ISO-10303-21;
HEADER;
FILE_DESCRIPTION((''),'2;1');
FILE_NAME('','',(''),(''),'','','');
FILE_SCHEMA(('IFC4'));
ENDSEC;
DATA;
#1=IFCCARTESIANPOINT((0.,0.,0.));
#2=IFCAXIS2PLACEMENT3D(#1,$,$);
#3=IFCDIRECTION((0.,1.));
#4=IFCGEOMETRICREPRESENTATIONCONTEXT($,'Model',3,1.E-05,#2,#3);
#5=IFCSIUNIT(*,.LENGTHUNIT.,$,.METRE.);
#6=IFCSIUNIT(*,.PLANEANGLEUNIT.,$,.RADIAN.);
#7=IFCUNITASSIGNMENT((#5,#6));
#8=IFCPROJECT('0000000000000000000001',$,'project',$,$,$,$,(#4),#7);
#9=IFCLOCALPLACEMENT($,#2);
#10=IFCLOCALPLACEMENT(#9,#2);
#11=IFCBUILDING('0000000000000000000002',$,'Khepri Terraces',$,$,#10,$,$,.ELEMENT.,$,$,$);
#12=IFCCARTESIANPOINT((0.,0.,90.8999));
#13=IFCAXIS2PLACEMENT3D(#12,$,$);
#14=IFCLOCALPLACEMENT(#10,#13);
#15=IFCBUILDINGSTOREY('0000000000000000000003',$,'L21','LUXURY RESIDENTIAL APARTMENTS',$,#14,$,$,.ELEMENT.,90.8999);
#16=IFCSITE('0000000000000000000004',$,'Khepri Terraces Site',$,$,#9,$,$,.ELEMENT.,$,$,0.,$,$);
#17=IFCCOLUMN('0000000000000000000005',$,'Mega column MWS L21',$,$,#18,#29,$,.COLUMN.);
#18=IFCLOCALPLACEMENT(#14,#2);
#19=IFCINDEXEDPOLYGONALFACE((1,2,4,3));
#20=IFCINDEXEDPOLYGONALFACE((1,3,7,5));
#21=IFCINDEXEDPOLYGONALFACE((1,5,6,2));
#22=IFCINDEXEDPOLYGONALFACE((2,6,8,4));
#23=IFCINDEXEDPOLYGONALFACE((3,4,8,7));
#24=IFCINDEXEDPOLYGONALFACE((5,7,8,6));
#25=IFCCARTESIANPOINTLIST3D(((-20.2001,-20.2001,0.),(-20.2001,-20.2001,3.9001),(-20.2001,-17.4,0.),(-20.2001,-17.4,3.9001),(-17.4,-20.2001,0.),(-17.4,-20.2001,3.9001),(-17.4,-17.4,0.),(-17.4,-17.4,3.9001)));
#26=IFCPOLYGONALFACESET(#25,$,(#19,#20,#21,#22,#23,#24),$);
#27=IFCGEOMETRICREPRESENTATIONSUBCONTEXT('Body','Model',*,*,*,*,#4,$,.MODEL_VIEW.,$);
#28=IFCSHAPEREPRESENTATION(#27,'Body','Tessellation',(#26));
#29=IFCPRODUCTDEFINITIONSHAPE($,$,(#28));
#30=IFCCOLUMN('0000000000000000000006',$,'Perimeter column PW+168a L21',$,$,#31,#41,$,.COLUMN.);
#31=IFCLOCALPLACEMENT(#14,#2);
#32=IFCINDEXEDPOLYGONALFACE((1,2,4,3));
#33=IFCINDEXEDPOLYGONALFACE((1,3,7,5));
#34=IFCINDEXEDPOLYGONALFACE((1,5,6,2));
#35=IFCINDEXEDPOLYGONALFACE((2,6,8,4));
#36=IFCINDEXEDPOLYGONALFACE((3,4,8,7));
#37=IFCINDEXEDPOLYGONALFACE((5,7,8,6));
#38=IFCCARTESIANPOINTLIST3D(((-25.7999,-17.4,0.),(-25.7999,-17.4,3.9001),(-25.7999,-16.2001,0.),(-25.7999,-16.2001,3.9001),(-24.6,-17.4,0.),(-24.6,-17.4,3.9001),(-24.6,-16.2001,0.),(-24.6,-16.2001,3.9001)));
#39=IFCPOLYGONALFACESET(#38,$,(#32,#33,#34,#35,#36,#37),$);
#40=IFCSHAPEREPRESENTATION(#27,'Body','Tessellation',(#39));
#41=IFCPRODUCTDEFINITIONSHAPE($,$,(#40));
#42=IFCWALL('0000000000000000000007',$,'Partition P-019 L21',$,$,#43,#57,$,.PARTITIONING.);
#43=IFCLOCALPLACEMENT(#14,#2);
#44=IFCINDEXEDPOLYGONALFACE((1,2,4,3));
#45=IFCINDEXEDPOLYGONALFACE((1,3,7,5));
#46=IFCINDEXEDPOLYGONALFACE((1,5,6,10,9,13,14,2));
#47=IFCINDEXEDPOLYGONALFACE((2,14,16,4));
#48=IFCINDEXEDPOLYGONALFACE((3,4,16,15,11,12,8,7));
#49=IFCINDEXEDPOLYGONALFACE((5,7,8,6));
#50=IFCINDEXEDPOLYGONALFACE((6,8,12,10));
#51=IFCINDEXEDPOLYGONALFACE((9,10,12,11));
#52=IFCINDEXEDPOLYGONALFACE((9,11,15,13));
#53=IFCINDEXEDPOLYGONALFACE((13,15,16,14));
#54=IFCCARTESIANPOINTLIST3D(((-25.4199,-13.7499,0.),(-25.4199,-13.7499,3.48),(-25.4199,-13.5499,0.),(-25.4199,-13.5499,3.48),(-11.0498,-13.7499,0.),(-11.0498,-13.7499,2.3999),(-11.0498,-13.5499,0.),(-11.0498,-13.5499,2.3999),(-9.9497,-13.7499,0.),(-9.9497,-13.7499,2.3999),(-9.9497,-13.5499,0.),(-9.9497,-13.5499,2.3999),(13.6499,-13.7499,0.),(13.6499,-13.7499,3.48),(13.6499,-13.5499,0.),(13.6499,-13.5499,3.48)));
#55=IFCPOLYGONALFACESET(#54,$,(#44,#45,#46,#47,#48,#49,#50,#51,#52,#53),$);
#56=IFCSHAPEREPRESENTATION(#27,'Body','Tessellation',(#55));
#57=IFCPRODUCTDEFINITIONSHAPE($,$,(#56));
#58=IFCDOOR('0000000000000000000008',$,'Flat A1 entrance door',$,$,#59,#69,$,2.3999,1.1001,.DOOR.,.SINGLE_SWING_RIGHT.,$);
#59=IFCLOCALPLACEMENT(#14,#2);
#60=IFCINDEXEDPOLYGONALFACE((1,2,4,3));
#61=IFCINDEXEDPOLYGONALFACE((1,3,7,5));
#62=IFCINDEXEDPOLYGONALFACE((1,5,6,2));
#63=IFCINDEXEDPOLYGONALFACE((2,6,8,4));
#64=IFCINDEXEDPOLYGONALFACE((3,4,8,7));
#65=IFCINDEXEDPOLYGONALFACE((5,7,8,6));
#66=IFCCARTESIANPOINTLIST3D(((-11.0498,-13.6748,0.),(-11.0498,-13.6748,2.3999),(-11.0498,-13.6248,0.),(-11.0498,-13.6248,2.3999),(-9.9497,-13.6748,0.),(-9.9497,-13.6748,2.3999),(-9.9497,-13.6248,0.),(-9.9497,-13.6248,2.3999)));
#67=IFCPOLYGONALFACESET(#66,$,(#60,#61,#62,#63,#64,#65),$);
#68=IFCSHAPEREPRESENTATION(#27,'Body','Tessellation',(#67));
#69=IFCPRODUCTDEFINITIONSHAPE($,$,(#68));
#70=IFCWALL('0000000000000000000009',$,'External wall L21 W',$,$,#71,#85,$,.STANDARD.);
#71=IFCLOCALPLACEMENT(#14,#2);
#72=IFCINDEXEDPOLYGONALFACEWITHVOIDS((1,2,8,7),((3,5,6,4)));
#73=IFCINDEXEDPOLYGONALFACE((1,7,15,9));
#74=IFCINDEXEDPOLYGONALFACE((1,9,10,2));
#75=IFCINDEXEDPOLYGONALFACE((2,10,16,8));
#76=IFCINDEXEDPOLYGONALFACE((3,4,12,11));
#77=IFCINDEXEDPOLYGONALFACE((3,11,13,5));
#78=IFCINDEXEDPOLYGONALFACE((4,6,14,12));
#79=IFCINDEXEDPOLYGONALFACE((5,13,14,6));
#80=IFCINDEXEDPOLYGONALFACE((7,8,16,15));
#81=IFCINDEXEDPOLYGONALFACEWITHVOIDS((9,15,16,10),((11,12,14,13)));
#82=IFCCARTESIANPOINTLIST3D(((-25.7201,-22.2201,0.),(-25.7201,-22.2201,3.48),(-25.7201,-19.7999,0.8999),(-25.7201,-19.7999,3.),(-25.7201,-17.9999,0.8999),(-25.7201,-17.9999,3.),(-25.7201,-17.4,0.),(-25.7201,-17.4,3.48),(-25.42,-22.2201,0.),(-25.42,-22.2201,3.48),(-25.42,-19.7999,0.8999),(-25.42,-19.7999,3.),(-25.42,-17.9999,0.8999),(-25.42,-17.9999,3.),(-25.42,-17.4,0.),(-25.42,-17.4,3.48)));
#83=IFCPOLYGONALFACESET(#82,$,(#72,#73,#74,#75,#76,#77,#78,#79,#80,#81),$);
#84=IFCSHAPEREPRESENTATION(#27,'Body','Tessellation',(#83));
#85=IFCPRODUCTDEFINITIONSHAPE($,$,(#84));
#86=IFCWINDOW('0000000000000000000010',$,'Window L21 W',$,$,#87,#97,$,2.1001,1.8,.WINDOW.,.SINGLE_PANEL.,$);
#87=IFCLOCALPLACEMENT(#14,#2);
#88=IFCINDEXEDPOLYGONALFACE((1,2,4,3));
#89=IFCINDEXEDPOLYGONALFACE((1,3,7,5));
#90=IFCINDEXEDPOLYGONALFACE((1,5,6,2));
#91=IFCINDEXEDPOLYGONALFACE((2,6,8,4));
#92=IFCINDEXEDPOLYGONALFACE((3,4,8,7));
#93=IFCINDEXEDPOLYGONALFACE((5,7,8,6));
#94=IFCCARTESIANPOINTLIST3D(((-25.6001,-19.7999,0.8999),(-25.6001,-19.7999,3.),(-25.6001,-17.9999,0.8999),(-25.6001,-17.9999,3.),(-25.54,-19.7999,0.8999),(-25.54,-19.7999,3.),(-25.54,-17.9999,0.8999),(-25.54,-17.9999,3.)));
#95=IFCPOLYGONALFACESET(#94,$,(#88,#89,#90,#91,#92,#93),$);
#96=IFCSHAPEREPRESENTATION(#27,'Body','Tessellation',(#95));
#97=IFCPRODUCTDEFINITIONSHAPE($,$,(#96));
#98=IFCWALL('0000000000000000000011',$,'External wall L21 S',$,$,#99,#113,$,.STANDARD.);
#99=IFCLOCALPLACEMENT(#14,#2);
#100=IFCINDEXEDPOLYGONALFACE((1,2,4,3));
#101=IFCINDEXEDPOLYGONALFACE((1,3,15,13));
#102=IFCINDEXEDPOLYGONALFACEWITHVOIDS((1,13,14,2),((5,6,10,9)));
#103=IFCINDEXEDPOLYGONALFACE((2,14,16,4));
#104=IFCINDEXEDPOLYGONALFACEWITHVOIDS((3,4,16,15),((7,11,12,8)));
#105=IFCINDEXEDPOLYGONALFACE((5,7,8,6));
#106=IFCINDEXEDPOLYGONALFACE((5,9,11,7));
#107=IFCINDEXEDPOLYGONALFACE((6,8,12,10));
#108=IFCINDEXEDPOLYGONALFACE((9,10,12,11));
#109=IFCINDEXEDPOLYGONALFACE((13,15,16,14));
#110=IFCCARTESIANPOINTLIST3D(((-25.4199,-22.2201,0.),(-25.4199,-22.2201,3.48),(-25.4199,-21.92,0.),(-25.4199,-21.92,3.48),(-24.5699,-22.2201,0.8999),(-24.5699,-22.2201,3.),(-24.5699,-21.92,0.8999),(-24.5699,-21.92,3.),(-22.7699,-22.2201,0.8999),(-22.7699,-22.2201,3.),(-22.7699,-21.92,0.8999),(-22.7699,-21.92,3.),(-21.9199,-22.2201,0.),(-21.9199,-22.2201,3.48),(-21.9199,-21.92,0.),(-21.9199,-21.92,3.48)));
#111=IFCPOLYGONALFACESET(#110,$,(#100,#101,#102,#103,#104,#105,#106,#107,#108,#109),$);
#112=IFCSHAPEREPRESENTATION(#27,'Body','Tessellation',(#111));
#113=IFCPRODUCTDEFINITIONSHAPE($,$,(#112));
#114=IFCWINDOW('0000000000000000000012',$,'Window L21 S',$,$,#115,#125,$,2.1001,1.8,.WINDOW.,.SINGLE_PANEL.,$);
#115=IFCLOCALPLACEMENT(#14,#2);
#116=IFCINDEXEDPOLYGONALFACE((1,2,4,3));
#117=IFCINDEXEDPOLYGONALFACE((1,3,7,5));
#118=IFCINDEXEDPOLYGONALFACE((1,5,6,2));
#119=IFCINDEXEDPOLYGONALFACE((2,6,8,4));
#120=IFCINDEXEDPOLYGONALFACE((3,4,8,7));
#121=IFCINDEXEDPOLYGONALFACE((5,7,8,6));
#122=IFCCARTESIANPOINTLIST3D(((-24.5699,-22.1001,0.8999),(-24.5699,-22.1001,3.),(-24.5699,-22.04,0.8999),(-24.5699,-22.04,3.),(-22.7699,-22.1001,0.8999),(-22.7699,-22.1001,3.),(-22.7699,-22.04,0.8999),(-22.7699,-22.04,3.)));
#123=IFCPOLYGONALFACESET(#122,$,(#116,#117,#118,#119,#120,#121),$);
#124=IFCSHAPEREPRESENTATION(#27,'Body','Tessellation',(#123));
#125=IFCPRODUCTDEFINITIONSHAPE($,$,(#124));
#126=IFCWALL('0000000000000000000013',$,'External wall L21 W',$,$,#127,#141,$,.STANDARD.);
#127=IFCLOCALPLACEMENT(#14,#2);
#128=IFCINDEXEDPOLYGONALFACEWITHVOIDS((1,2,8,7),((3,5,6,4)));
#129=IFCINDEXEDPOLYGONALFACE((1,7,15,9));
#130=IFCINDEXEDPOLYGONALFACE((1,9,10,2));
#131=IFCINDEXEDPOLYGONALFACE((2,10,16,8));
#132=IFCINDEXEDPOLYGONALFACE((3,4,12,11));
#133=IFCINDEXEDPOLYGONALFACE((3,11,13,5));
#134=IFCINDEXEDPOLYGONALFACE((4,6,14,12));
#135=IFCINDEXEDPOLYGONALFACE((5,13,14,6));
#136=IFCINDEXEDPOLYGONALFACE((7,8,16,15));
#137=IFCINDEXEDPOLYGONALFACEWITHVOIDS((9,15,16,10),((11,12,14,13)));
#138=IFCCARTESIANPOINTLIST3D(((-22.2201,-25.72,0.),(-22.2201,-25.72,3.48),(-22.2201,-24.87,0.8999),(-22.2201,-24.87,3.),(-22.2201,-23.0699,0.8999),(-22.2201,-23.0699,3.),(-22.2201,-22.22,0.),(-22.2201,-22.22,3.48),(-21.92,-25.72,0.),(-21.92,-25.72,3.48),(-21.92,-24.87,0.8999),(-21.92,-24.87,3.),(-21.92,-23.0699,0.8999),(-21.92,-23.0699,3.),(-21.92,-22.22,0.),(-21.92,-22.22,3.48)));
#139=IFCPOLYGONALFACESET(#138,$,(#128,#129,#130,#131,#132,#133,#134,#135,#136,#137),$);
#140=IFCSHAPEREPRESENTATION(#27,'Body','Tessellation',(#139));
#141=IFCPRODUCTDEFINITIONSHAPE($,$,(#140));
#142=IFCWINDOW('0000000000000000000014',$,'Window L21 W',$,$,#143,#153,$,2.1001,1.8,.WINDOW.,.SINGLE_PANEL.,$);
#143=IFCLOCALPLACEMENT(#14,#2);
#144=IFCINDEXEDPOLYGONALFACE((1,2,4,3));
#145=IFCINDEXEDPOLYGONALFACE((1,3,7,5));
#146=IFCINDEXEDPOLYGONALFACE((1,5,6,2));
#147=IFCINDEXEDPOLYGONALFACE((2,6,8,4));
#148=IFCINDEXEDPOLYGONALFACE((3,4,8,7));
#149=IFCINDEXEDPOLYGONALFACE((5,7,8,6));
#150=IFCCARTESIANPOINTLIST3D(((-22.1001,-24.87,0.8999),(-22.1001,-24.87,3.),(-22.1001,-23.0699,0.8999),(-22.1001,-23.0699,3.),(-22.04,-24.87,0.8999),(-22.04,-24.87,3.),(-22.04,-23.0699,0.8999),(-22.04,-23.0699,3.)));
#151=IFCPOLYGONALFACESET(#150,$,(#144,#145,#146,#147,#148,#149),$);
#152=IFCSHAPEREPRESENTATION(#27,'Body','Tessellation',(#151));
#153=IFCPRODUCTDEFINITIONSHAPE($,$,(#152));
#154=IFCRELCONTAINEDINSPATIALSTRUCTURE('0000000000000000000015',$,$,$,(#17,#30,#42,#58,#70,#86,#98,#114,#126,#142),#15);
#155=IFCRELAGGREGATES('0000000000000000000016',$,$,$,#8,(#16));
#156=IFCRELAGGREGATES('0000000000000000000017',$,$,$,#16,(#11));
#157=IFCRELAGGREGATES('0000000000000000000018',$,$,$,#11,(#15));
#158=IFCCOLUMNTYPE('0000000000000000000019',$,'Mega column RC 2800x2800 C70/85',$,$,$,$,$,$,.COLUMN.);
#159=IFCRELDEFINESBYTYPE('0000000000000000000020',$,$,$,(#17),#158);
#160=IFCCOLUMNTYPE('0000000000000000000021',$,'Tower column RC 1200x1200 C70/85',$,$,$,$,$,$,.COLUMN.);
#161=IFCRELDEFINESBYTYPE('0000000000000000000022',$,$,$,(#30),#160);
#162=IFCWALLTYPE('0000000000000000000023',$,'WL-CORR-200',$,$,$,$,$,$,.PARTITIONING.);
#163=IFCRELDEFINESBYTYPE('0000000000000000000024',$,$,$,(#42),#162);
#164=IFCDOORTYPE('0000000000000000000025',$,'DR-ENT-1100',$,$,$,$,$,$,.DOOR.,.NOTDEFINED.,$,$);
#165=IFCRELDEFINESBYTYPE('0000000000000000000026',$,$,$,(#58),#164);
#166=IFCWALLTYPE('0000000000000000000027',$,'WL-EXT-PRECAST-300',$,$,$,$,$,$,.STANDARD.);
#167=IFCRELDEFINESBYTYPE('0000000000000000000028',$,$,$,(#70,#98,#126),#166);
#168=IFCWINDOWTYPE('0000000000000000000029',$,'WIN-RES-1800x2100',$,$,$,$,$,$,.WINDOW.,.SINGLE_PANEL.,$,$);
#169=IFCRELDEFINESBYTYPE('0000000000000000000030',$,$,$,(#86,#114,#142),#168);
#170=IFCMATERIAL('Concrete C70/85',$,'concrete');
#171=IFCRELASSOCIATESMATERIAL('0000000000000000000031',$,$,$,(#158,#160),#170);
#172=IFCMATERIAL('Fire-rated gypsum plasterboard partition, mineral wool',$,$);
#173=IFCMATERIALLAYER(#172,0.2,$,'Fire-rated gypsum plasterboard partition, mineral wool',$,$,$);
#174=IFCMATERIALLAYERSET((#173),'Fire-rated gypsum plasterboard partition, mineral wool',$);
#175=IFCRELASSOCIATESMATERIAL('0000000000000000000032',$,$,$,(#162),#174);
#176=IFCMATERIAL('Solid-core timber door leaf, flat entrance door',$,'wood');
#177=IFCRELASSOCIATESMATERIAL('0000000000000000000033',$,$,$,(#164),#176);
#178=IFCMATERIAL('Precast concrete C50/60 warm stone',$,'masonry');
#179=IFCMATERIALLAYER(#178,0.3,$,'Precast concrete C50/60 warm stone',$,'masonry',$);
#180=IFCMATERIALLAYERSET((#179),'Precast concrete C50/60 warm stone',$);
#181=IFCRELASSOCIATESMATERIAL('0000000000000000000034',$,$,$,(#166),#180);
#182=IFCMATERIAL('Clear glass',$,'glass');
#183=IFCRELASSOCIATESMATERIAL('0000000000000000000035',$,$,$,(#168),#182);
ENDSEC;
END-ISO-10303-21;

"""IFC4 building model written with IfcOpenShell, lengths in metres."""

from ifc_helpers import new_model, si_unit, direction, frame, frame_2d, origin, origin_2d, place, context, subcontext, project, spatial, rectangle, extrude, material, layer, layer_set, material_profile, profile_set, type_object, element, fill, save


model = new_model("IFC4")

# Units and contexts
model_context = context("Model", 3, precision=1e-05, world=origin(), true_north=direction((0.0, 1.0)))
body_context = subcontext(model_context, "Body", "Model", "MODEL_VIEW")
ifc_project = project(units=[si_unit("LENGTHUNIT", "METRE"), si_unit("PLANEANGLEUNIT", "RADIAN")], contexts=[model_context])

# Site, building, storey
site_placement = place(None, origin())
site = spatial("IfcSite", under=ifc_project, at=site_placement, Name="Khepri Terraces Site", CompositionType="ELEMENT", RefElevation=0.0)
building_placement = place(site_placement, origin())
building = spatial("IfcBuilding", under=site, at=building_placement, Name="Khepri Terraces", CompositionType="ELEMENT")
storey_placement = place(building_placement, frame((0.0, 0.0, 90.8999)))
storey = spatial("IfcBuildingStorey", under=building, at=storey_placement, Name="L21", Description="LUXURY RESIDENTIAL APARTMENTS", CompositionType="ELEMENT", Elevation=90.8999)

# Columns
ifc_material_1 = material(Name="Concrete C70/85", Category="concrete")
ifc_material_profile_1 = material_profile(ifc_material_1, rectangle(XDim=2.8, YDim=2.8, at=origin_2d()), Name="Concrete C70/85", Category="concrete")
ifc_profile_set_1 = profile_set([ifc_material_profile_1], Name="Concrete C70/85")
column_type_1 = type_object("IfcColumnType", Name="Mega column RC 2800x2800 C70/85", PredefinedType="COLUMN", material=ifc_profile_set_1)
column_1_placement = place(storey_placement, frame((-18.8, -18.8, 0.0), z_axis=(0.0, 0.0, 1.0), x_axis=(1.0, 0.0, 0.0)))
element("IfcColumn", 1, at=column_1_placement, inside=storey, type_object=column_type_1, Name="Mega column MWS L21", PredefinedType="COLUMN", context=body_context, shape_type="SweptSolid", body=[
    extrude(rectangle(XDim=2.8, YDim=2.8, at=origin_2d()), origin(), (0.0, 0.0, 1.0), 3.9001),
])
ifc_material_profile_2 = material_profile(ifc_material_1, rectangle(XDim=1.2, YDim=1.2, at=origin_2d()), Name="Concrete C70/85", Category="concrete")
ifc_profile_set_2 = profile_set([ifc_material_profile_2], Name="Concrete C70/85")
column_type_2 = type_object("IfcColumnType", Name="Tower column RC 1200x1200 C70/85", PredefinedType="COLUMN", material=ifc_profile_set_2)
column_2_placement = place(storey_placement, frame((-25.2, -16.8, 0.0), z_axis=(0.0, 0.0, 1.0), x_axis=(1.0, 0.0, 0.0)))
element("IfcColumn", 2, at=column_2_placement, inside=storey, type_object=column_type_2, Name="Perimeter column PW+168a L21", PredefinedType="COLUMN", context=body_context, shape_type="SweptSolid", body=[
    extrude(rectangle(XDim=1.2, YDim=1.2, at=origin_2d()), origin(), (0.0, 0.0, 1.0), 3.9001),
])

# Wall, opening, door
ifc_material_2 = material(Name="Fire-rated gypsum plasterboard partition, mineral wool")
ifc_layer_1 = layer(ifc_material_2, 0.2, Name="Fire-rated gypsum plasterboard partition, mineral wool")
ifc_layer_set_1 = layer_set([ifc_layer_1], Name="Fire-rated gypsum plasterboard partition, mineral wool")
wall_type_1 = type_object("IfcWallType", Name="WL-CORR-200", PredefinedType="PARTITIONING", material=ifc_layer_set_1)
wall_1_placement = place(storey_placement, frame((-25.4199, -13.6499, 0.0), z_axis=(0.0, 0.0, 1.0), x_axis=(1.0, 0.0, 0.0)))
wall_1 = element("IfcWall", 3, at=wall_1_placement, inside=storey, type_object=wall_type_1, Name="Partition P-019 L21", PredefinedType="PARTITIONING", context=body_context, shape_type="SweptSolid", body=[
    extrude(rectangle(XDim=39.0698, YDim=0.2, at=frame_2d((19.5349, 0.0))), origin(), (0.0, 0.0, 1.0), 3.48),
])
opening_1_placement = place(wall_1_placement, frame((14.3701, 0.0, 0.0)))
opening_1 = element("IfcOpeningElement", 4, at=opening_1_placement, cuts=wall_1, PredefinedType="OPENING", context=body_context, shape_type="SweptSolid", body=[
    extrude(rectangle(XDim=1.1001, YDim=2.3999, at=frame_2d((0.55, 1.2))), frame((0.0, 0.1099, 0.0), z_axis=(0.0, -1.0, 0.0), x_axis=(1.0, 0.0, 0.0)), (0.0, 0.0, 1.0), 0.22),
])
ifc_material_3 = material(Name="Solid-core timber door leaf, flat entrance door", Category="wood")
door_type_1 = type_object("IfcDoorType", Name="DR-ENT-1100", OperationType="NOTDEFINED", PredefinedType="DOOR", material=ifc_material_3)
door_1_placement = place(opening_1_placement, frame((1.1001, 0.0, 0.0), z_axis=(0.0, 0.0, 1.0), x_axis=(-1.0, 0.0, 0.0)))
door_1 = element("IfcDoor", 5, at=door_1_placement, inside=storey, type_object=door_type_1, Name="Flat A1 entrance door", OperationType="SINGLE_SWING_RIGHT", OverallHeight=2.3999, OverallWidth=1.1001, PredefinedType="DOOR", context=body_context, shape_type="SweptSolid", body=[
    extrude(rectangle(XDim=1.1001, YDim=2.3999, at=frame_2d((0.55, 1.2))), frame((0.0, 0.0249, 0.0), z_axis=(0.0, -1.0, 0.0), x_axis=(1.0, 0.0, 0.0)), (0.0, 0.0, 1.0), 0.05),
])
fill(opening_1, door_1)

# Walls, openings, windows
ifc_material_4 = material(Name="Precast concrete C50/60 warm stone", Category="masonry")
ifc_layer_2 = layer(ifc_material_4, 0.3, Name="Precast concrete C50/60 warm stone", Category="masonry")
ifc_layer_set_2 = layer_set([ifc_layer_2], Name="Precast concrete C50/60 warm stone")
wall_type_2 = type_object("IfcWallType", Name="WL-EXT-PRECAST-300", PredefinedType="STANDARD", material=ifc_layer_set_2)
wall_2_placement = place(storey_placement, frame((-25.5701, -17.3999, 0.0), z_axis=(0.0, 0.0, 1.0), x_axis=(0.0, -1.0, 0.0)))
wall_2 = element("IfcWall", 6, at=wall_2_placement, inside=storey, type_object=wall_type_2, Name="External wall L21 W", PredefinedType="STANDARD", context=body_context, shape_type="SweptSolid", body=[
    extrude(rectangle(XDim=4.8201, YDim=0.3, at=frame_2d((2.4102, 0.0))), origin(), (0.0, 0.0, 1.0), 3.48),
])
opening_2_placement = place(wall_2_placement, frame((0.6001, 0.0, 0.8999)))
opening_2 = element("IfcOpeningElement", 7, at=opening_2_placement, cuts=wall_2, PredefinedType="OPENING", context=body_context, shape_type="SweptSolid", body=[
    extrude(rectangle(XDim=1.8, YDim=2.1001, at=frame_2d((0.8999, 1.05))), frame((0.0, 0.1602, 0.0), z_axis=(0.0, -1.0, 0.0), x_axis=(1.0, 0.0, 0.0)), (0.0, 0.0, 1.0), 0.3201),
])
ifc_material_5 = material(Name="Clear glass", Category="glass")
window_type = type_object("IfcWindowType", Name="WIN-RES-1800x2100", PartitioningType="SINGLE_PANEL", PredefinedType="WINDOW", material=ifc_material_5)
window_1_placement = place(opening_2_placement, origin())
window_1 = element("IfcWindow", 8, at=window_1_placement, inside=storey, type_object=window_type, Name="Window L21 W", OverallHeight=2.1001, OverallWidth=1.8, PartitioningType="SINGLE_PANEL", PredefinedType="WINDOW", context=body_context, shape_type="SweptSolid", body=[
    extrude(rectangle(XDim=1.8, YDim=2.1001, at=frame_2d((0.8999, 1.05))), frame((0.0, 0.03, 0.0), z_axis=(0.0, -1.0, 0.0), x_axis=(1.0, 0.0, 0.0)), (0.0, 0.0, 1.0), 0.0601),
])
fill(opening_2, window_1)
wall_3_placement = place(storey_placement, frame((-25.4199, -22.0701, 0.0), z_axis=(0.0, 0.0, 1.0), x_axis=(1.0, 0.0, 0.0)))
wall_3 = element("IfcWall", 9, at=wall_3_placement, inside=storey, type_object=wall_type_2, Name="External wall L21 S", PredefinedType="STANDARD", context=body_context, shape_type="SweptSolid", body=[
    extrude(rectangle(XDim=3.5, YDim=0.3, at=frame_2d((1.75, 0.0))), origin(), (0.0, 0.0, 1.0), 3.48),
])
opening_3_placement = place(wall_3_placement, frame((0.8501, 0.0, 0.8999)))
opening_3 = element("IfcOpeningElement", 10, at=opening_3_placement, cuts=wall_3, PredefinedType="OPENING", context=body_context, shape_type="SweptSolid", body=[
    extrude(rectangle(XDim=1.8, YDim=2.1001, at=frame_2d((0.8999, 1.05))), frame((0.0, 0.1602, 0.0), z_axis=(0.0, -1.0, 0.0), x_axis=(1.0, 0.0, 0.0)), (0.0, 0.0, 1.0), 0.3201),
])
window_2_placement = place(opening_3_placement, origin())
window_2 = element("IfcWindow", 11, at=window_2_placement, inside=storey, type_object=window_type, Name="Window L21 S", OverallHeight=2.1001, OverallWidth=1.8, PartitioningType="SINGLE_PANEL", PredefinedType="WINDOW", context=body_context, shape_type="SweptSolid", body=[
    extrude(rectangle(XDim=1.8, YDim=2.1001, at=frame_2d((0.8999, 1.05))), frame((0.0, 0.03, 0.0), z_axis=(0.0, -1.0, 0.0), x_axis=(1.0, 0.0, 0.0)), (0.0, 0.0, 1.0), 0.0601),
])
fill(opening_3, window_2)
wall_4_placement = place(storey_placement, frame((-22.0701, -22.22, 0.0), z_axis=(0.0, 0.0, 1.0), x_axis=(0.0, -1.0, 0.0)))
wall_4 = element("IfcWall", 12, at=wall_4_placement, inside=storey, type_object=wall_type_2, Name="External wall L21 W", PredefinedType="STANDARD", context=body_context, shape_type="SweptSolid", body=[
    extrude(rectangle(XDim=3.5, YDim=0.3, at=frame_2d((1.75, 0.0))), origin(), (0.0, 0.0, 1.0), 3.48),
])
opening_4_placement = place(wall_4_placement, frame((0.8501, 0.0, 0.8999)))
opening_4 = element("IfcOpeningElement", 13, at=opening_4_placement, cuts=wall_4, PredefinedType="OPENING", context=body_context, shape_type="SweptSolid", body=[
    extrude(rectangle(XDim=1.8, YDim=2.1001, at=frame_2d((0.8999, 1.05))), frame((0.0, 0.1602, 0.0), z_axis=(0.0, -1.0, 0.0), x_axis=(1.0, 0.0, 0.0)), (0.0, 0.0, 1.0), 0.3201),
])
window_3_placement = place(opening_4_placement, origin())
window_3 = element("IfcWindow", 14, at=window_3_placement, inside=storey, type_object=window_type, Name="Window L21 W", OverallHeight=2.1001, OverallWidth=1.8, PartitioningType="SINGLE_PANEL", PredefinedType="WINDOW", context=body_context, shape_type="SweptSolid", body=[
    extrude(rectangle(XDim=1.8, YDim=2.1001, at=frame_2d((0.8999, 1.05))), frame((0.0, 0.03, 0.0), z_axis=(0.0, -1.0, 0.0), x_axis=(1.0, 0.0, 0.0)), (0.0, 0.0, 1.0), 0.0601),
])
fill(opening_4, window_3)

save(model, "model.ifc")
